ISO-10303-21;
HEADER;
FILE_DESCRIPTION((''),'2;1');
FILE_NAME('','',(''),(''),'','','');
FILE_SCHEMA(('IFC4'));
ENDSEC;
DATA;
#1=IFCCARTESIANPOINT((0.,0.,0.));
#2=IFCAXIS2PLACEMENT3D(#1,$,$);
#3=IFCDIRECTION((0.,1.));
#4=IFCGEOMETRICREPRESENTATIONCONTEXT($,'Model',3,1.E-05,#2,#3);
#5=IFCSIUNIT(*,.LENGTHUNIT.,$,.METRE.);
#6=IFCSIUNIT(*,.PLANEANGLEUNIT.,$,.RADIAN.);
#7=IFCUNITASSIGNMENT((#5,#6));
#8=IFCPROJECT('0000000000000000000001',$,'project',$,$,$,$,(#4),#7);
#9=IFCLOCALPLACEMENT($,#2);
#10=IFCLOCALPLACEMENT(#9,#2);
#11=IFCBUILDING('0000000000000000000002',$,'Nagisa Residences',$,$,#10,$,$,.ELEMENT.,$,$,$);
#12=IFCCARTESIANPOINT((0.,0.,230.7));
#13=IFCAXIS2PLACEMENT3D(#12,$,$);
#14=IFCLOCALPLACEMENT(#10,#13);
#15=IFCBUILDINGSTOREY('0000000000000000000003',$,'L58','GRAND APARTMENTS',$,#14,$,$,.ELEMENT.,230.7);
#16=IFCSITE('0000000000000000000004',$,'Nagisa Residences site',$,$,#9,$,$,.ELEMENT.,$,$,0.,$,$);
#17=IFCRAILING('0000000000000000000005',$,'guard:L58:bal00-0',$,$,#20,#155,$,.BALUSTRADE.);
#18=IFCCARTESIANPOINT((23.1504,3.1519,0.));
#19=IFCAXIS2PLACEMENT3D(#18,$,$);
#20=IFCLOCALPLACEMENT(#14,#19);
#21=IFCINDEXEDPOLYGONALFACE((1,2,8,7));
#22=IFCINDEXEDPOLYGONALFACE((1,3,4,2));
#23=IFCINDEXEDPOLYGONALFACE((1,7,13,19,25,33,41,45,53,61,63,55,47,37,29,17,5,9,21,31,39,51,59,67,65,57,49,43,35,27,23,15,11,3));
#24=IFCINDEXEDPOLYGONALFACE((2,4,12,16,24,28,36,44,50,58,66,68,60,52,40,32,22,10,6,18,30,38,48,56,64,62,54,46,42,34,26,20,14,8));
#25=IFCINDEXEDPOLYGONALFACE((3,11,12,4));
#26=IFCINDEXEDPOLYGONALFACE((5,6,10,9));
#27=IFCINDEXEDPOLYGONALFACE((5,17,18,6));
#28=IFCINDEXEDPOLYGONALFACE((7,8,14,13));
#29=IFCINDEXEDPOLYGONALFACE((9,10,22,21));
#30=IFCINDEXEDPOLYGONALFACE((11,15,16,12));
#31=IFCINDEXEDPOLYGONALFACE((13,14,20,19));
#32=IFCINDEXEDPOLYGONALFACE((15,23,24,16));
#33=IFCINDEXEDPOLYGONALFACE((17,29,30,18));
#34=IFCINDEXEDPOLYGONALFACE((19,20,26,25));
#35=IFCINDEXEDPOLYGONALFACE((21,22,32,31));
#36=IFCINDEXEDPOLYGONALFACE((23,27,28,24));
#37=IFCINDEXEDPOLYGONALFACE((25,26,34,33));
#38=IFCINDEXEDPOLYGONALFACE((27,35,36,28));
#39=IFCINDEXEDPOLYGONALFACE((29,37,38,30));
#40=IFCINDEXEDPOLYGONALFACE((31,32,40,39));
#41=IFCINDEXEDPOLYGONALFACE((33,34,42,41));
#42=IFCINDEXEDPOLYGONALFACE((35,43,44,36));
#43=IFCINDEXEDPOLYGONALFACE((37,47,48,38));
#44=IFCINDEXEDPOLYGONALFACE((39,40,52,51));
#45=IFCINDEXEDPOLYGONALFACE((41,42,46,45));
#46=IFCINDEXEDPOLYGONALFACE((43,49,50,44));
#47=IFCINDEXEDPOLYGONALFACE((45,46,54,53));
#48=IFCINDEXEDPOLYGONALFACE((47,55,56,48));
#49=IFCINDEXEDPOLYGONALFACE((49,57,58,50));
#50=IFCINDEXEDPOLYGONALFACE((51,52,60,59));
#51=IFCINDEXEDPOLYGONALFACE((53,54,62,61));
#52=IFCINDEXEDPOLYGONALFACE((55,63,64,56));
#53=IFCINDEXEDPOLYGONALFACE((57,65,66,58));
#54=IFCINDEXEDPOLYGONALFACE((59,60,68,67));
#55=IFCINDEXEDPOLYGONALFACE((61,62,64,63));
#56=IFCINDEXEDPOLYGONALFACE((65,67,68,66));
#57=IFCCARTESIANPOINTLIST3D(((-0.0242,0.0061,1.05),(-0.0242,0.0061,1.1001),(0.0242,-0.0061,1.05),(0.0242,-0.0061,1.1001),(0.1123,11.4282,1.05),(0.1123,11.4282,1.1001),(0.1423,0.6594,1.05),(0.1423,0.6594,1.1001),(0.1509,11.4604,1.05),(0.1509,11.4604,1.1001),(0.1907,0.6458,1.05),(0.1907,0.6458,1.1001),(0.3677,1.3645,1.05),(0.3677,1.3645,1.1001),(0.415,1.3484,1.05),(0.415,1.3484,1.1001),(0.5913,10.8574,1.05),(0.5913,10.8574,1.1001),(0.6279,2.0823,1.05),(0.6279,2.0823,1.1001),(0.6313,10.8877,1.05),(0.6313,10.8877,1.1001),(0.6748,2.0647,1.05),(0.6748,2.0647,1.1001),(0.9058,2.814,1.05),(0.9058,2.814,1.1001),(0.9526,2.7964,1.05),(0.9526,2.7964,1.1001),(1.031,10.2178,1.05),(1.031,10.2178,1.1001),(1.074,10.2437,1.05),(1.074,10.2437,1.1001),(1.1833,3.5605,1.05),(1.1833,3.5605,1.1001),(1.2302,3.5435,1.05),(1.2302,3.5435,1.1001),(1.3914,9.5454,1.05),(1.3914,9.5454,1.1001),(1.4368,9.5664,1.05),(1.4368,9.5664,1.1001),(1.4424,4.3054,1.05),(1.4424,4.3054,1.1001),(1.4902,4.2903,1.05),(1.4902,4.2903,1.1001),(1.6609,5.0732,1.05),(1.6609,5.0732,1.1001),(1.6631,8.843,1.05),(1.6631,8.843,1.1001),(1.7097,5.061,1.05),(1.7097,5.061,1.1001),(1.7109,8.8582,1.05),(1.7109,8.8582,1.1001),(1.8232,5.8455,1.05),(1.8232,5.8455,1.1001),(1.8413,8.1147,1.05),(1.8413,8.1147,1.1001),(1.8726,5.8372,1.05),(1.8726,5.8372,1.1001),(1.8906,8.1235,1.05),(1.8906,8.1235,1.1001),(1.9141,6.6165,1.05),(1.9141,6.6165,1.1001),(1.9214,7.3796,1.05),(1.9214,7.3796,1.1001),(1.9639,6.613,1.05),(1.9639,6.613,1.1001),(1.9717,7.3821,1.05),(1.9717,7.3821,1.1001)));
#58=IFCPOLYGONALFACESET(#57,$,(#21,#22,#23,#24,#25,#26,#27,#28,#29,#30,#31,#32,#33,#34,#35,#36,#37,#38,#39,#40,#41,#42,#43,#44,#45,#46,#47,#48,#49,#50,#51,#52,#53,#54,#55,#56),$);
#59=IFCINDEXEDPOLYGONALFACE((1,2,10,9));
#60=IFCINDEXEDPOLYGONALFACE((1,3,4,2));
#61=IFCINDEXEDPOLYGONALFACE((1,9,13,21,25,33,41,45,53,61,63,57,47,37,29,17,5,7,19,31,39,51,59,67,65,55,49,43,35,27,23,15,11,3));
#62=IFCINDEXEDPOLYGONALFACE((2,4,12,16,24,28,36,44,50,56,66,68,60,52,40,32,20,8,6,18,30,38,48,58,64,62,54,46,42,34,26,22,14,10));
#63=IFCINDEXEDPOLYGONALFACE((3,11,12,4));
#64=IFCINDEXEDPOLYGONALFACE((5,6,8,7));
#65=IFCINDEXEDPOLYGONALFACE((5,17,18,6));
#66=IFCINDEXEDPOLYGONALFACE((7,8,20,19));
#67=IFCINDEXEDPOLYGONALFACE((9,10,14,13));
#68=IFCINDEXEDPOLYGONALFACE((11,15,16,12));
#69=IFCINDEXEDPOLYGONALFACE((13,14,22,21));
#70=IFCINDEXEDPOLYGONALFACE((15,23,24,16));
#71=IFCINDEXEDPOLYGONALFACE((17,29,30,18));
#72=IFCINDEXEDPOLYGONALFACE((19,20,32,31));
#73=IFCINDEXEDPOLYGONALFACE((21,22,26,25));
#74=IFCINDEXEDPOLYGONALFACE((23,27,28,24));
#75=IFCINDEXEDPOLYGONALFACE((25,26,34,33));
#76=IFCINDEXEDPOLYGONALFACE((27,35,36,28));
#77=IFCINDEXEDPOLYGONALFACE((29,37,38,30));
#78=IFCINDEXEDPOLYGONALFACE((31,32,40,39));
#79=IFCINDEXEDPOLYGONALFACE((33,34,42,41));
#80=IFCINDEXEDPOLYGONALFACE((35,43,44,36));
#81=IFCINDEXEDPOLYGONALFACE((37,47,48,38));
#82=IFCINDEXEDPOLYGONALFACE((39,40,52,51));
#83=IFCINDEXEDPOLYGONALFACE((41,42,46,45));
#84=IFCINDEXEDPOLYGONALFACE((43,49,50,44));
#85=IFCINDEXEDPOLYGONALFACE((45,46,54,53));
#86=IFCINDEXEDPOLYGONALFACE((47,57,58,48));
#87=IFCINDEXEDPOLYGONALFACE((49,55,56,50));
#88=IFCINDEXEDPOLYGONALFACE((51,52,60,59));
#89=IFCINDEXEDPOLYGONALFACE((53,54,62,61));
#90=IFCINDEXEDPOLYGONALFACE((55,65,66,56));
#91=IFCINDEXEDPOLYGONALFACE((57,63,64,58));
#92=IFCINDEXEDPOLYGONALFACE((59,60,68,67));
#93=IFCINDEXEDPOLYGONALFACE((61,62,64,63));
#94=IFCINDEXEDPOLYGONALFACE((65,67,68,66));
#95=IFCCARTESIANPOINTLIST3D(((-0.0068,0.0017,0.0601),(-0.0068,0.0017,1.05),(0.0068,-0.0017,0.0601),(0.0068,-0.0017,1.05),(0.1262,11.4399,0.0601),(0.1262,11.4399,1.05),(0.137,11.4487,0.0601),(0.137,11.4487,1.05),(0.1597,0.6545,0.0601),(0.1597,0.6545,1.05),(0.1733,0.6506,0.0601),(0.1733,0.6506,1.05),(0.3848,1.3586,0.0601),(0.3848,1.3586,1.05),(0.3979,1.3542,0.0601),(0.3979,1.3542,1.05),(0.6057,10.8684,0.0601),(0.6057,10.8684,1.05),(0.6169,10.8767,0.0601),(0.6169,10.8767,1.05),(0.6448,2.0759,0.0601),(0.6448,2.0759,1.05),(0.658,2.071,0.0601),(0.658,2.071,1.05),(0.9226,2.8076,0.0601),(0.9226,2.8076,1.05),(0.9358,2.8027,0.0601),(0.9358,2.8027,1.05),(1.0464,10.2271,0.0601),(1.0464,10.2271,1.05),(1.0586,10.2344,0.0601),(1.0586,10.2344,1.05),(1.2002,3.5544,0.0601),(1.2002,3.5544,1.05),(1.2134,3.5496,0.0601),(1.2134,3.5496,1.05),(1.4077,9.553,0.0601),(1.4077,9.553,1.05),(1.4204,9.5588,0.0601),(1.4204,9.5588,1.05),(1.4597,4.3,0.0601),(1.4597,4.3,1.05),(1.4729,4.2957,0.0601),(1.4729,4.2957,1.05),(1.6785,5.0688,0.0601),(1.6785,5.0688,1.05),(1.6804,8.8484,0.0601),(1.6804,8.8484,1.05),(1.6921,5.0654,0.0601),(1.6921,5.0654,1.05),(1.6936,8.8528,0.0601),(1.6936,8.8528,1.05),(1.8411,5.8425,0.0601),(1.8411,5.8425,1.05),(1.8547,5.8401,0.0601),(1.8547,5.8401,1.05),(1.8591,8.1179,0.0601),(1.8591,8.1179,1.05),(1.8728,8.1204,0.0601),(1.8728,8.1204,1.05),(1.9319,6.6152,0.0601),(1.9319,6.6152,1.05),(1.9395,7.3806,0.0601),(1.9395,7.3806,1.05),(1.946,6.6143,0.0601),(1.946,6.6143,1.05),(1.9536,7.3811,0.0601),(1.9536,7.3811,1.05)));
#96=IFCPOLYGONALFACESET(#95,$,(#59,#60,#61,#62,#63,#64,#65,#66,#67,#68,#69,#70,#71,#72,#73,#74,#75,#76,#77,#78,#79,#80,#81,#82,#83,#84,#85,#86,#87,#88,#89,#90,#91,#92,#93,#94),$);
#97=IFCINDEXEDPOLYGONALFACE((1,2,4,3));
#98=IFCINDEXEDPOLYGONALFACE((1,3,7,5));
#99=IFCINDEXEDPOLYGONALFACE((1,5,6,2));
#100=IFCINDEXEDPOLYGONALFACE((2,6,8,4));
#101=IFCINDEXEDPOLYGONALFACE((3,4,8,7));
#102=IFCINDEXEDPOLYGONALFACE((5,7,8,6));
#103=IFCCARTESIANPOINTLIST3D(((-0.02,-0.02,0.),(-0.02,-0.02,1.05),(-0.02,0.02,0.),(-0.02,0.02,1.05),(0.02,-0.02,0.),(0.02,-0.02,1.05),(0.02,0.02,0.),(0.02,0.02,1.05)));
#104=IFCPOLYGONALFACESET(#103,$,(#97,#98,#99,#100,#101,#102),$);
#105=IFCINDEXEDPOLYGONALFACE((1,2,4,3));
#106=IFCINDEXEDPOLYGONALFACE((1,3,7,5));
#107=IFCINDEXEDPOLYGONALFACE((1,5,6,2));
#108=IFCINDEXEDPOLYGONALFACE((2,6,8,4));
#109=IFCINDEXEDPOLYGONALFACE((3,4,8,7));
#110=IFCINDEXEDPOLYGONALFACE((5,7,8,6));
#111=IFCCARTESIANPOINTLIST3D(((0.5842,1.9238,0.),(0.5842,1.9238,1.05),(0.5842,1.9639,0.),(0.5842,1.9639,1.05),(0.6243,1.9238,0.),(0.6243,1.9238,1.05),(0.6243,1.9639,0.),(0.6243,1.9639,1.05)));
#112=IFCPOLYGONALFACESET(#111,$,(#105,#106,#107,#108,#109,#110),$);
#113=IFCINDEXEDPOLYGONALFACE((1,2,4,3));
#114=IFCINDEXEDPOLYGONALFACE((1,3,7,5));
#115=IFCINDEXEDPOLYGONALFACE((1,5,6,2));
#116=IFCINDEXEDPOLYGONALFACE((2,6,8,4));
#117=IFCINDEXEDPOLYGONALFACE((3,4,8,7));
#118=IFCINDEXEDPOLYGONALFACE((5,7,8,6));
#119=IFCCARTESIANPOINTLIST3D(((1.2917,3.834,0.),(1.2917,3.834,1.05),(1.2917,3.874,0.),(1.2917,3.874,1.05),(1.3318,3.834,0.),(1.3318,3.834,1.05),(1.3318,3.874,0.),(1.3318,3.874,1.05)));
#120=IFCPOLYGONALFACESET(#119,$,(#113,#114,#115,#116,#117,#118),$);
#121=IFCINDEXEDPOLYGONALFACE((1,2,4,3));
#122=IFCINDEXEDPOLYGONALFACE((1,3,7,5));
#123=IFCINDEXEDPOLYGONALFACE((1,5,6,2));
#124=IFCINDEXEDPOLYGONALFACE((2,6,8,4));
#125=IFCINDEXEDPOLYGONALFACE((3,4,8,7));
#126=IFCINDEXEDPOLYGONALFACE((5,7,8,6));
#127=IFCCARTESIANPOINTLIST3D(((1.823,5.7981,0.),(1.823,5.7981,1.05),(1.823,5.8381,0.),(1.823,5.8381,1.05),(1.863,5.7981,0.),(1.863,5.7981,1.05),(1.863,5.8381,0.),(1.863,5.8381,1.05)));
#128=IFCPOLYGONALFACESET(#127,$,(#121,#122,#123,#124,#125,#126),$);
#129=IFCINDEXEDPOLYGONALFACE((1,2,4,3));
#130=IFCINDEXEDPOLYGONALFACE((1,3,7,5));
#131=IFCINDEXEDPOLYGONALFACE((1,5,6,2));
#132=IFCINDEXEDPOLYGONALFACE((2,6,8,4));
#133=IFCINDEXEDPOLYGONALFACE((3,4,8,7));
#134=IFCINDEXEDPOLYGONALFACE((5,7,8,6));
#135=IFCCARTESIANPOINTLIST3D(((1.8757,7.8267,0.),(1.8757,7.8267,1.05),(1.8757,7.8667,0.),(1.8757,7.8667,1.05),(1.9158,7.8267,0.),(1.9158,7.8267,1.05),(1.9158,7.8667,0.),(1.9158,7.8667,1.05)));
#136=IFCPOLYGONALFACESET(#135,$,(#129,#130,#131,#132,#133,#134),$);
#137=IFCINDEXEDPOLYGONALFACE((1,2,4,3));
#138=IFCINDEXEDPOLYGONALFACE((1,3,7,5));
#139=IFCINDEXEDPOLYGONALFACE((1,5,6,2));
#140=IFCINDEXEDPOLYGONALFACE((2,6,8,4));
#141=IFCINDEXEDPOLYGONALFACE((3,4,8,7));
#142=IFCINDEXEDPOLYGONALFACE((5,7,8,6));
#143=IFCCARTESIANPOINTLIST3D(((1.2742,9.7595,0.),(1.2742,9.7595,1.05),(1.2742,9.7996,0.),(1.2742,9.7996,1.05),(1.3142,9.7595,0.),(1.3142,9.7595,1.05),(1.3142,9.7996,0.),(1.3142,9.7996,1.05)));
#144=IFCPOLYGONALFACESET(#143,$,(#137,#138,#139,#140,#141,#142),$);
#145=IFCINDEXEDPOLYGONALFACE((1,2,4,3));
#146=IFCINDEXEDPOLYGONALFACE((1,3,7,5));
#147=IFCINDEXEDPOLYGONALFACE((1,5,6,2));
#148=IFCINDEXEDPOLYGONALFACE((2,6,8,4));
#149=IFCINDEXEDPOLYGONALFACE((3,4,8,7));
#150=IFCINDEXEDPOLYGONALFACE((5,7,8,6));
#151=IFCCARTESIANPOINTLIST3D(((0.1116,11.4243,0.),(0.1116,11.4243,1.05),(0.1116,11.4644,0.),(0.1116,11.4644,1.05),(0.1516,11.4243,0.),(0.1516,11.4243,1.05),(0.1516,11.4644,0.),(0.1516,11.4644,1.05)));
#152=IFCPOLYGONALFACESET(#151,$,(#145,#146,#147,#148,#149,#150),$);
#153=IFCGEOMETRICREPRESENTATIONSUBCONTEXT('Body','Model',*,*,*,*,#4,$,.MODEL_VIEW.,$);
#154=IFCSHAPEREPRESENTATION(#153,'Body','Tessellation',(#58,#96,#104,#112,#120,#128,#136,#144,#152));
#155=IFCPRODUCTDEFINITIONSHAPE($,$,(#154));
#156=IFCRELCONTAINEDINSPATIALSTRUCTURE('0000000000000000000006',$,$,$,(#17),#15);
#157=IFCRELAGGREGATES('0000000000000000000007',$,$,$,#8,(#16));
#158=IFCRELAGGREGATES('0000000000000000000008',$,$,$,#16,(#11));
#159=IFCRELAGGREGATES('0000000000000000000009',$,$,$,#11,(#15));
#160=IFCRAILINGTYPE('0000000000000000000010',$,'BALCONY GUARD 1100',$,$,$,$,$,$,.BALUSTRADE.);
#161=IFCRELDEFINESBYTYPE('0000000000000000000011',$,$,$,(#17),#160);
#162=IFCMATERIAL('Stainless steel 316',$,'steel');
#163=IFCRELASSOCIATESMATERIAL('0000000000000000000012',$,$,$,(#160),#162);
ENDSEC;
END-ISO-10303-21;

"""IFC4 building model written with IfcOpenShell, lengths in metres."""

from ifc_helpers import new_model, si_unit, direction, frame, origin, origin_2d, place, context, subcontext, project, spatial, polyline, rectangle, outline, extrude, material, type_object, element, save


model = new_model("IFC4")

# Units and contexts
model_context = context("Model", 3, precision=1e-05, world=origin(), true_north=direction((0.0, 1.0)))
body_context = subcontext(model_context, "Body", "Model", "MODEL_VIEW")
ifc_project = project(units=[si_unit("LENGTHUNIT", "METRE"), si_unit("PLANEANGLEUNIT", "RADIAN")], contexts=[model_context])

# Site, building, storey
site_placement = place(None, origin())
site = spatial("IfcSite", under=ifc_project, at=site_placement, Name="Nagisa Residences site", CompositionType="ELEMENT", RefElevation=0.0)
building_placement = place(site_placement, origin())
building = spatial("IfcBuilding", under=site, at=building_placement, Name="Nagisa Residences", CompositionType="ELEMENT")
storey_placement = place(building_placement, frame((0.0, 0.0, 230.7)))
storey = spatial("IfcBuildingStorey", under=building, at=storey_placement, Name="L58", Description="GRAND APARTMENTS", CompositionType="ELEMENT", Elevation=230.7)

# Railing
ifc_material_1 = material(Name="Stainless steel 316", Category="steel")
railing_type = type_object("IfcRailingType", Name="BALCONY GUARD 1100", PredefinedType="BALUSTRADE", material=ifc_material_1)
railing_placement = place(storey_placement, frame((23.1504, 3.1519, 0.0)))
element("IfcRailing", 1, at=railing_placement, inside=storey, type_object=railing_type, Name="guard:L58:bal00-0", PredefinedType="BALUSTRADE", context=body_context, shape_type="SweptSolid", body=[
    extrude(outline(polyline([(0.1423, 0.6594), (-0.0242, 0.0061), (0.0242, -0.0061), (0.1907, 0.6458), (0.415, 1.3484), (0.6748, 2.0647), (0.9526, 2.7964), (1.2302, 3.5435), (1.4902, 4.2903), (1.7097, 5.061), (1.8726, 5.8372), (1.9639, 6.613), (1.9717, 7.3821), (1.8906, 8.1235), (1.7109, 8.8582), (1.4368, 9.5664), (1.074, 10.2437), (0.6313, 10.8877), (0.1509, 11.4604), (0.1123, 11.4282), (0.5913, 10.8574), (1.031, 10.2178), (1.3914, 9.5454), (1.6631, 8.843), (1.8413, 8.1147), (1.9214, 7.3796), (1.9141, 6.6165), (1.8232, 5.8455), (1.6609, 5.0732), (1.4424, 4.3054), (1.1833, 3.5605), (0.9058, 2.814), (0.6279, 2.0823), (0.3677, 1.3645), (0.1423, 0.6594)])), frame((0.0, 0.0, 1.05)), (0.0, 0.0, 1.0), 0.05),
    extrude(outline(polyline([(0.1597, 0.6545), (-0.0068, 0.0017), (0.0068, -0.0017), (0.1733, 0.6506), (0.3979, 1.3542), (0.658, 2.071), (0.9358, 2.8027), (1.2134, 3.5496), (1.4729, 4.2957), (1.6921, 5.0654), (1.8547, 5.8401), (1.946, 6.6143), (1.9536, 7.3811), (1.8728, 8.1204), (1.6936, 8.8528), (1.4204, 9.5588), (1.0586, 10.2344), (0.6169, 10.8767), (0.137, 11.4487), (0.1262, 11.4399), (0.6057, 10.8684), (1.0464, 10.2271), (1.4077, 9.553), (1.6804, 8.8484), (1.8591, 8.1179), (1.9395, 7.3806), (1.9319, 6.6152), (1.8411, 5.8425), (1.6785, 5.0688), (1.4597, 4.3), (1.2002, 3.5544), (0.9226, 2.8076), (0.6448, 2.0759), (0.3848, 1.3586), (0.1597, 0.6545)])), frame((0.0, 0.0, 0.0601)), (0.0, 0.0, 1.0), 0.99),
    extrude(rectangle(XDim=0.04, YDim=0.04, at=origin_2d()), origin(), (0.0, 0.0, 1.0), 1.05),
    extrude(rectangle(XDim=0.04, YDim=0.04, at=origin_2d()), frame((0.6042, 1.9438, 0.0)), (0.0, 0.0, 1.0), 1.05),
    extrude(rectangle(XDim=0.04, YDim=0.04, at=origin_2d()), frame((1.3118, 3.854, 0.0)), (0.0, 0.0, 1.0), 1.05),
    extrude(rectangle(XDim=0.04, YDim=0.04, at=origin_2d()), frame((1.843, 5.8181, 0.0)), (0.0, 0.0, 1.0), 1.05),
    extrude(rectangle(XDim=0.04, YDim=0.04, at=origin_2d()), frame((1.8958, 7.8467, 0.0)), (0.0, 0.0, 1.0), 1.05),
    extrude(rectangle(XDim=0.04, YDim=0.04, at=origin_2d()), frame((1.2942, 9.7795, 0.0)), (0.0, 0.0, 1.0), 1.05),
    extrude(rectangle(XDim=0.04, YDim=0.04, at=origin_2d()), frame((0.1316, 11.4443, 0.0)), (0.0, 0.0, 1.0), 1.05),
])

save(model, "model.ifc")
